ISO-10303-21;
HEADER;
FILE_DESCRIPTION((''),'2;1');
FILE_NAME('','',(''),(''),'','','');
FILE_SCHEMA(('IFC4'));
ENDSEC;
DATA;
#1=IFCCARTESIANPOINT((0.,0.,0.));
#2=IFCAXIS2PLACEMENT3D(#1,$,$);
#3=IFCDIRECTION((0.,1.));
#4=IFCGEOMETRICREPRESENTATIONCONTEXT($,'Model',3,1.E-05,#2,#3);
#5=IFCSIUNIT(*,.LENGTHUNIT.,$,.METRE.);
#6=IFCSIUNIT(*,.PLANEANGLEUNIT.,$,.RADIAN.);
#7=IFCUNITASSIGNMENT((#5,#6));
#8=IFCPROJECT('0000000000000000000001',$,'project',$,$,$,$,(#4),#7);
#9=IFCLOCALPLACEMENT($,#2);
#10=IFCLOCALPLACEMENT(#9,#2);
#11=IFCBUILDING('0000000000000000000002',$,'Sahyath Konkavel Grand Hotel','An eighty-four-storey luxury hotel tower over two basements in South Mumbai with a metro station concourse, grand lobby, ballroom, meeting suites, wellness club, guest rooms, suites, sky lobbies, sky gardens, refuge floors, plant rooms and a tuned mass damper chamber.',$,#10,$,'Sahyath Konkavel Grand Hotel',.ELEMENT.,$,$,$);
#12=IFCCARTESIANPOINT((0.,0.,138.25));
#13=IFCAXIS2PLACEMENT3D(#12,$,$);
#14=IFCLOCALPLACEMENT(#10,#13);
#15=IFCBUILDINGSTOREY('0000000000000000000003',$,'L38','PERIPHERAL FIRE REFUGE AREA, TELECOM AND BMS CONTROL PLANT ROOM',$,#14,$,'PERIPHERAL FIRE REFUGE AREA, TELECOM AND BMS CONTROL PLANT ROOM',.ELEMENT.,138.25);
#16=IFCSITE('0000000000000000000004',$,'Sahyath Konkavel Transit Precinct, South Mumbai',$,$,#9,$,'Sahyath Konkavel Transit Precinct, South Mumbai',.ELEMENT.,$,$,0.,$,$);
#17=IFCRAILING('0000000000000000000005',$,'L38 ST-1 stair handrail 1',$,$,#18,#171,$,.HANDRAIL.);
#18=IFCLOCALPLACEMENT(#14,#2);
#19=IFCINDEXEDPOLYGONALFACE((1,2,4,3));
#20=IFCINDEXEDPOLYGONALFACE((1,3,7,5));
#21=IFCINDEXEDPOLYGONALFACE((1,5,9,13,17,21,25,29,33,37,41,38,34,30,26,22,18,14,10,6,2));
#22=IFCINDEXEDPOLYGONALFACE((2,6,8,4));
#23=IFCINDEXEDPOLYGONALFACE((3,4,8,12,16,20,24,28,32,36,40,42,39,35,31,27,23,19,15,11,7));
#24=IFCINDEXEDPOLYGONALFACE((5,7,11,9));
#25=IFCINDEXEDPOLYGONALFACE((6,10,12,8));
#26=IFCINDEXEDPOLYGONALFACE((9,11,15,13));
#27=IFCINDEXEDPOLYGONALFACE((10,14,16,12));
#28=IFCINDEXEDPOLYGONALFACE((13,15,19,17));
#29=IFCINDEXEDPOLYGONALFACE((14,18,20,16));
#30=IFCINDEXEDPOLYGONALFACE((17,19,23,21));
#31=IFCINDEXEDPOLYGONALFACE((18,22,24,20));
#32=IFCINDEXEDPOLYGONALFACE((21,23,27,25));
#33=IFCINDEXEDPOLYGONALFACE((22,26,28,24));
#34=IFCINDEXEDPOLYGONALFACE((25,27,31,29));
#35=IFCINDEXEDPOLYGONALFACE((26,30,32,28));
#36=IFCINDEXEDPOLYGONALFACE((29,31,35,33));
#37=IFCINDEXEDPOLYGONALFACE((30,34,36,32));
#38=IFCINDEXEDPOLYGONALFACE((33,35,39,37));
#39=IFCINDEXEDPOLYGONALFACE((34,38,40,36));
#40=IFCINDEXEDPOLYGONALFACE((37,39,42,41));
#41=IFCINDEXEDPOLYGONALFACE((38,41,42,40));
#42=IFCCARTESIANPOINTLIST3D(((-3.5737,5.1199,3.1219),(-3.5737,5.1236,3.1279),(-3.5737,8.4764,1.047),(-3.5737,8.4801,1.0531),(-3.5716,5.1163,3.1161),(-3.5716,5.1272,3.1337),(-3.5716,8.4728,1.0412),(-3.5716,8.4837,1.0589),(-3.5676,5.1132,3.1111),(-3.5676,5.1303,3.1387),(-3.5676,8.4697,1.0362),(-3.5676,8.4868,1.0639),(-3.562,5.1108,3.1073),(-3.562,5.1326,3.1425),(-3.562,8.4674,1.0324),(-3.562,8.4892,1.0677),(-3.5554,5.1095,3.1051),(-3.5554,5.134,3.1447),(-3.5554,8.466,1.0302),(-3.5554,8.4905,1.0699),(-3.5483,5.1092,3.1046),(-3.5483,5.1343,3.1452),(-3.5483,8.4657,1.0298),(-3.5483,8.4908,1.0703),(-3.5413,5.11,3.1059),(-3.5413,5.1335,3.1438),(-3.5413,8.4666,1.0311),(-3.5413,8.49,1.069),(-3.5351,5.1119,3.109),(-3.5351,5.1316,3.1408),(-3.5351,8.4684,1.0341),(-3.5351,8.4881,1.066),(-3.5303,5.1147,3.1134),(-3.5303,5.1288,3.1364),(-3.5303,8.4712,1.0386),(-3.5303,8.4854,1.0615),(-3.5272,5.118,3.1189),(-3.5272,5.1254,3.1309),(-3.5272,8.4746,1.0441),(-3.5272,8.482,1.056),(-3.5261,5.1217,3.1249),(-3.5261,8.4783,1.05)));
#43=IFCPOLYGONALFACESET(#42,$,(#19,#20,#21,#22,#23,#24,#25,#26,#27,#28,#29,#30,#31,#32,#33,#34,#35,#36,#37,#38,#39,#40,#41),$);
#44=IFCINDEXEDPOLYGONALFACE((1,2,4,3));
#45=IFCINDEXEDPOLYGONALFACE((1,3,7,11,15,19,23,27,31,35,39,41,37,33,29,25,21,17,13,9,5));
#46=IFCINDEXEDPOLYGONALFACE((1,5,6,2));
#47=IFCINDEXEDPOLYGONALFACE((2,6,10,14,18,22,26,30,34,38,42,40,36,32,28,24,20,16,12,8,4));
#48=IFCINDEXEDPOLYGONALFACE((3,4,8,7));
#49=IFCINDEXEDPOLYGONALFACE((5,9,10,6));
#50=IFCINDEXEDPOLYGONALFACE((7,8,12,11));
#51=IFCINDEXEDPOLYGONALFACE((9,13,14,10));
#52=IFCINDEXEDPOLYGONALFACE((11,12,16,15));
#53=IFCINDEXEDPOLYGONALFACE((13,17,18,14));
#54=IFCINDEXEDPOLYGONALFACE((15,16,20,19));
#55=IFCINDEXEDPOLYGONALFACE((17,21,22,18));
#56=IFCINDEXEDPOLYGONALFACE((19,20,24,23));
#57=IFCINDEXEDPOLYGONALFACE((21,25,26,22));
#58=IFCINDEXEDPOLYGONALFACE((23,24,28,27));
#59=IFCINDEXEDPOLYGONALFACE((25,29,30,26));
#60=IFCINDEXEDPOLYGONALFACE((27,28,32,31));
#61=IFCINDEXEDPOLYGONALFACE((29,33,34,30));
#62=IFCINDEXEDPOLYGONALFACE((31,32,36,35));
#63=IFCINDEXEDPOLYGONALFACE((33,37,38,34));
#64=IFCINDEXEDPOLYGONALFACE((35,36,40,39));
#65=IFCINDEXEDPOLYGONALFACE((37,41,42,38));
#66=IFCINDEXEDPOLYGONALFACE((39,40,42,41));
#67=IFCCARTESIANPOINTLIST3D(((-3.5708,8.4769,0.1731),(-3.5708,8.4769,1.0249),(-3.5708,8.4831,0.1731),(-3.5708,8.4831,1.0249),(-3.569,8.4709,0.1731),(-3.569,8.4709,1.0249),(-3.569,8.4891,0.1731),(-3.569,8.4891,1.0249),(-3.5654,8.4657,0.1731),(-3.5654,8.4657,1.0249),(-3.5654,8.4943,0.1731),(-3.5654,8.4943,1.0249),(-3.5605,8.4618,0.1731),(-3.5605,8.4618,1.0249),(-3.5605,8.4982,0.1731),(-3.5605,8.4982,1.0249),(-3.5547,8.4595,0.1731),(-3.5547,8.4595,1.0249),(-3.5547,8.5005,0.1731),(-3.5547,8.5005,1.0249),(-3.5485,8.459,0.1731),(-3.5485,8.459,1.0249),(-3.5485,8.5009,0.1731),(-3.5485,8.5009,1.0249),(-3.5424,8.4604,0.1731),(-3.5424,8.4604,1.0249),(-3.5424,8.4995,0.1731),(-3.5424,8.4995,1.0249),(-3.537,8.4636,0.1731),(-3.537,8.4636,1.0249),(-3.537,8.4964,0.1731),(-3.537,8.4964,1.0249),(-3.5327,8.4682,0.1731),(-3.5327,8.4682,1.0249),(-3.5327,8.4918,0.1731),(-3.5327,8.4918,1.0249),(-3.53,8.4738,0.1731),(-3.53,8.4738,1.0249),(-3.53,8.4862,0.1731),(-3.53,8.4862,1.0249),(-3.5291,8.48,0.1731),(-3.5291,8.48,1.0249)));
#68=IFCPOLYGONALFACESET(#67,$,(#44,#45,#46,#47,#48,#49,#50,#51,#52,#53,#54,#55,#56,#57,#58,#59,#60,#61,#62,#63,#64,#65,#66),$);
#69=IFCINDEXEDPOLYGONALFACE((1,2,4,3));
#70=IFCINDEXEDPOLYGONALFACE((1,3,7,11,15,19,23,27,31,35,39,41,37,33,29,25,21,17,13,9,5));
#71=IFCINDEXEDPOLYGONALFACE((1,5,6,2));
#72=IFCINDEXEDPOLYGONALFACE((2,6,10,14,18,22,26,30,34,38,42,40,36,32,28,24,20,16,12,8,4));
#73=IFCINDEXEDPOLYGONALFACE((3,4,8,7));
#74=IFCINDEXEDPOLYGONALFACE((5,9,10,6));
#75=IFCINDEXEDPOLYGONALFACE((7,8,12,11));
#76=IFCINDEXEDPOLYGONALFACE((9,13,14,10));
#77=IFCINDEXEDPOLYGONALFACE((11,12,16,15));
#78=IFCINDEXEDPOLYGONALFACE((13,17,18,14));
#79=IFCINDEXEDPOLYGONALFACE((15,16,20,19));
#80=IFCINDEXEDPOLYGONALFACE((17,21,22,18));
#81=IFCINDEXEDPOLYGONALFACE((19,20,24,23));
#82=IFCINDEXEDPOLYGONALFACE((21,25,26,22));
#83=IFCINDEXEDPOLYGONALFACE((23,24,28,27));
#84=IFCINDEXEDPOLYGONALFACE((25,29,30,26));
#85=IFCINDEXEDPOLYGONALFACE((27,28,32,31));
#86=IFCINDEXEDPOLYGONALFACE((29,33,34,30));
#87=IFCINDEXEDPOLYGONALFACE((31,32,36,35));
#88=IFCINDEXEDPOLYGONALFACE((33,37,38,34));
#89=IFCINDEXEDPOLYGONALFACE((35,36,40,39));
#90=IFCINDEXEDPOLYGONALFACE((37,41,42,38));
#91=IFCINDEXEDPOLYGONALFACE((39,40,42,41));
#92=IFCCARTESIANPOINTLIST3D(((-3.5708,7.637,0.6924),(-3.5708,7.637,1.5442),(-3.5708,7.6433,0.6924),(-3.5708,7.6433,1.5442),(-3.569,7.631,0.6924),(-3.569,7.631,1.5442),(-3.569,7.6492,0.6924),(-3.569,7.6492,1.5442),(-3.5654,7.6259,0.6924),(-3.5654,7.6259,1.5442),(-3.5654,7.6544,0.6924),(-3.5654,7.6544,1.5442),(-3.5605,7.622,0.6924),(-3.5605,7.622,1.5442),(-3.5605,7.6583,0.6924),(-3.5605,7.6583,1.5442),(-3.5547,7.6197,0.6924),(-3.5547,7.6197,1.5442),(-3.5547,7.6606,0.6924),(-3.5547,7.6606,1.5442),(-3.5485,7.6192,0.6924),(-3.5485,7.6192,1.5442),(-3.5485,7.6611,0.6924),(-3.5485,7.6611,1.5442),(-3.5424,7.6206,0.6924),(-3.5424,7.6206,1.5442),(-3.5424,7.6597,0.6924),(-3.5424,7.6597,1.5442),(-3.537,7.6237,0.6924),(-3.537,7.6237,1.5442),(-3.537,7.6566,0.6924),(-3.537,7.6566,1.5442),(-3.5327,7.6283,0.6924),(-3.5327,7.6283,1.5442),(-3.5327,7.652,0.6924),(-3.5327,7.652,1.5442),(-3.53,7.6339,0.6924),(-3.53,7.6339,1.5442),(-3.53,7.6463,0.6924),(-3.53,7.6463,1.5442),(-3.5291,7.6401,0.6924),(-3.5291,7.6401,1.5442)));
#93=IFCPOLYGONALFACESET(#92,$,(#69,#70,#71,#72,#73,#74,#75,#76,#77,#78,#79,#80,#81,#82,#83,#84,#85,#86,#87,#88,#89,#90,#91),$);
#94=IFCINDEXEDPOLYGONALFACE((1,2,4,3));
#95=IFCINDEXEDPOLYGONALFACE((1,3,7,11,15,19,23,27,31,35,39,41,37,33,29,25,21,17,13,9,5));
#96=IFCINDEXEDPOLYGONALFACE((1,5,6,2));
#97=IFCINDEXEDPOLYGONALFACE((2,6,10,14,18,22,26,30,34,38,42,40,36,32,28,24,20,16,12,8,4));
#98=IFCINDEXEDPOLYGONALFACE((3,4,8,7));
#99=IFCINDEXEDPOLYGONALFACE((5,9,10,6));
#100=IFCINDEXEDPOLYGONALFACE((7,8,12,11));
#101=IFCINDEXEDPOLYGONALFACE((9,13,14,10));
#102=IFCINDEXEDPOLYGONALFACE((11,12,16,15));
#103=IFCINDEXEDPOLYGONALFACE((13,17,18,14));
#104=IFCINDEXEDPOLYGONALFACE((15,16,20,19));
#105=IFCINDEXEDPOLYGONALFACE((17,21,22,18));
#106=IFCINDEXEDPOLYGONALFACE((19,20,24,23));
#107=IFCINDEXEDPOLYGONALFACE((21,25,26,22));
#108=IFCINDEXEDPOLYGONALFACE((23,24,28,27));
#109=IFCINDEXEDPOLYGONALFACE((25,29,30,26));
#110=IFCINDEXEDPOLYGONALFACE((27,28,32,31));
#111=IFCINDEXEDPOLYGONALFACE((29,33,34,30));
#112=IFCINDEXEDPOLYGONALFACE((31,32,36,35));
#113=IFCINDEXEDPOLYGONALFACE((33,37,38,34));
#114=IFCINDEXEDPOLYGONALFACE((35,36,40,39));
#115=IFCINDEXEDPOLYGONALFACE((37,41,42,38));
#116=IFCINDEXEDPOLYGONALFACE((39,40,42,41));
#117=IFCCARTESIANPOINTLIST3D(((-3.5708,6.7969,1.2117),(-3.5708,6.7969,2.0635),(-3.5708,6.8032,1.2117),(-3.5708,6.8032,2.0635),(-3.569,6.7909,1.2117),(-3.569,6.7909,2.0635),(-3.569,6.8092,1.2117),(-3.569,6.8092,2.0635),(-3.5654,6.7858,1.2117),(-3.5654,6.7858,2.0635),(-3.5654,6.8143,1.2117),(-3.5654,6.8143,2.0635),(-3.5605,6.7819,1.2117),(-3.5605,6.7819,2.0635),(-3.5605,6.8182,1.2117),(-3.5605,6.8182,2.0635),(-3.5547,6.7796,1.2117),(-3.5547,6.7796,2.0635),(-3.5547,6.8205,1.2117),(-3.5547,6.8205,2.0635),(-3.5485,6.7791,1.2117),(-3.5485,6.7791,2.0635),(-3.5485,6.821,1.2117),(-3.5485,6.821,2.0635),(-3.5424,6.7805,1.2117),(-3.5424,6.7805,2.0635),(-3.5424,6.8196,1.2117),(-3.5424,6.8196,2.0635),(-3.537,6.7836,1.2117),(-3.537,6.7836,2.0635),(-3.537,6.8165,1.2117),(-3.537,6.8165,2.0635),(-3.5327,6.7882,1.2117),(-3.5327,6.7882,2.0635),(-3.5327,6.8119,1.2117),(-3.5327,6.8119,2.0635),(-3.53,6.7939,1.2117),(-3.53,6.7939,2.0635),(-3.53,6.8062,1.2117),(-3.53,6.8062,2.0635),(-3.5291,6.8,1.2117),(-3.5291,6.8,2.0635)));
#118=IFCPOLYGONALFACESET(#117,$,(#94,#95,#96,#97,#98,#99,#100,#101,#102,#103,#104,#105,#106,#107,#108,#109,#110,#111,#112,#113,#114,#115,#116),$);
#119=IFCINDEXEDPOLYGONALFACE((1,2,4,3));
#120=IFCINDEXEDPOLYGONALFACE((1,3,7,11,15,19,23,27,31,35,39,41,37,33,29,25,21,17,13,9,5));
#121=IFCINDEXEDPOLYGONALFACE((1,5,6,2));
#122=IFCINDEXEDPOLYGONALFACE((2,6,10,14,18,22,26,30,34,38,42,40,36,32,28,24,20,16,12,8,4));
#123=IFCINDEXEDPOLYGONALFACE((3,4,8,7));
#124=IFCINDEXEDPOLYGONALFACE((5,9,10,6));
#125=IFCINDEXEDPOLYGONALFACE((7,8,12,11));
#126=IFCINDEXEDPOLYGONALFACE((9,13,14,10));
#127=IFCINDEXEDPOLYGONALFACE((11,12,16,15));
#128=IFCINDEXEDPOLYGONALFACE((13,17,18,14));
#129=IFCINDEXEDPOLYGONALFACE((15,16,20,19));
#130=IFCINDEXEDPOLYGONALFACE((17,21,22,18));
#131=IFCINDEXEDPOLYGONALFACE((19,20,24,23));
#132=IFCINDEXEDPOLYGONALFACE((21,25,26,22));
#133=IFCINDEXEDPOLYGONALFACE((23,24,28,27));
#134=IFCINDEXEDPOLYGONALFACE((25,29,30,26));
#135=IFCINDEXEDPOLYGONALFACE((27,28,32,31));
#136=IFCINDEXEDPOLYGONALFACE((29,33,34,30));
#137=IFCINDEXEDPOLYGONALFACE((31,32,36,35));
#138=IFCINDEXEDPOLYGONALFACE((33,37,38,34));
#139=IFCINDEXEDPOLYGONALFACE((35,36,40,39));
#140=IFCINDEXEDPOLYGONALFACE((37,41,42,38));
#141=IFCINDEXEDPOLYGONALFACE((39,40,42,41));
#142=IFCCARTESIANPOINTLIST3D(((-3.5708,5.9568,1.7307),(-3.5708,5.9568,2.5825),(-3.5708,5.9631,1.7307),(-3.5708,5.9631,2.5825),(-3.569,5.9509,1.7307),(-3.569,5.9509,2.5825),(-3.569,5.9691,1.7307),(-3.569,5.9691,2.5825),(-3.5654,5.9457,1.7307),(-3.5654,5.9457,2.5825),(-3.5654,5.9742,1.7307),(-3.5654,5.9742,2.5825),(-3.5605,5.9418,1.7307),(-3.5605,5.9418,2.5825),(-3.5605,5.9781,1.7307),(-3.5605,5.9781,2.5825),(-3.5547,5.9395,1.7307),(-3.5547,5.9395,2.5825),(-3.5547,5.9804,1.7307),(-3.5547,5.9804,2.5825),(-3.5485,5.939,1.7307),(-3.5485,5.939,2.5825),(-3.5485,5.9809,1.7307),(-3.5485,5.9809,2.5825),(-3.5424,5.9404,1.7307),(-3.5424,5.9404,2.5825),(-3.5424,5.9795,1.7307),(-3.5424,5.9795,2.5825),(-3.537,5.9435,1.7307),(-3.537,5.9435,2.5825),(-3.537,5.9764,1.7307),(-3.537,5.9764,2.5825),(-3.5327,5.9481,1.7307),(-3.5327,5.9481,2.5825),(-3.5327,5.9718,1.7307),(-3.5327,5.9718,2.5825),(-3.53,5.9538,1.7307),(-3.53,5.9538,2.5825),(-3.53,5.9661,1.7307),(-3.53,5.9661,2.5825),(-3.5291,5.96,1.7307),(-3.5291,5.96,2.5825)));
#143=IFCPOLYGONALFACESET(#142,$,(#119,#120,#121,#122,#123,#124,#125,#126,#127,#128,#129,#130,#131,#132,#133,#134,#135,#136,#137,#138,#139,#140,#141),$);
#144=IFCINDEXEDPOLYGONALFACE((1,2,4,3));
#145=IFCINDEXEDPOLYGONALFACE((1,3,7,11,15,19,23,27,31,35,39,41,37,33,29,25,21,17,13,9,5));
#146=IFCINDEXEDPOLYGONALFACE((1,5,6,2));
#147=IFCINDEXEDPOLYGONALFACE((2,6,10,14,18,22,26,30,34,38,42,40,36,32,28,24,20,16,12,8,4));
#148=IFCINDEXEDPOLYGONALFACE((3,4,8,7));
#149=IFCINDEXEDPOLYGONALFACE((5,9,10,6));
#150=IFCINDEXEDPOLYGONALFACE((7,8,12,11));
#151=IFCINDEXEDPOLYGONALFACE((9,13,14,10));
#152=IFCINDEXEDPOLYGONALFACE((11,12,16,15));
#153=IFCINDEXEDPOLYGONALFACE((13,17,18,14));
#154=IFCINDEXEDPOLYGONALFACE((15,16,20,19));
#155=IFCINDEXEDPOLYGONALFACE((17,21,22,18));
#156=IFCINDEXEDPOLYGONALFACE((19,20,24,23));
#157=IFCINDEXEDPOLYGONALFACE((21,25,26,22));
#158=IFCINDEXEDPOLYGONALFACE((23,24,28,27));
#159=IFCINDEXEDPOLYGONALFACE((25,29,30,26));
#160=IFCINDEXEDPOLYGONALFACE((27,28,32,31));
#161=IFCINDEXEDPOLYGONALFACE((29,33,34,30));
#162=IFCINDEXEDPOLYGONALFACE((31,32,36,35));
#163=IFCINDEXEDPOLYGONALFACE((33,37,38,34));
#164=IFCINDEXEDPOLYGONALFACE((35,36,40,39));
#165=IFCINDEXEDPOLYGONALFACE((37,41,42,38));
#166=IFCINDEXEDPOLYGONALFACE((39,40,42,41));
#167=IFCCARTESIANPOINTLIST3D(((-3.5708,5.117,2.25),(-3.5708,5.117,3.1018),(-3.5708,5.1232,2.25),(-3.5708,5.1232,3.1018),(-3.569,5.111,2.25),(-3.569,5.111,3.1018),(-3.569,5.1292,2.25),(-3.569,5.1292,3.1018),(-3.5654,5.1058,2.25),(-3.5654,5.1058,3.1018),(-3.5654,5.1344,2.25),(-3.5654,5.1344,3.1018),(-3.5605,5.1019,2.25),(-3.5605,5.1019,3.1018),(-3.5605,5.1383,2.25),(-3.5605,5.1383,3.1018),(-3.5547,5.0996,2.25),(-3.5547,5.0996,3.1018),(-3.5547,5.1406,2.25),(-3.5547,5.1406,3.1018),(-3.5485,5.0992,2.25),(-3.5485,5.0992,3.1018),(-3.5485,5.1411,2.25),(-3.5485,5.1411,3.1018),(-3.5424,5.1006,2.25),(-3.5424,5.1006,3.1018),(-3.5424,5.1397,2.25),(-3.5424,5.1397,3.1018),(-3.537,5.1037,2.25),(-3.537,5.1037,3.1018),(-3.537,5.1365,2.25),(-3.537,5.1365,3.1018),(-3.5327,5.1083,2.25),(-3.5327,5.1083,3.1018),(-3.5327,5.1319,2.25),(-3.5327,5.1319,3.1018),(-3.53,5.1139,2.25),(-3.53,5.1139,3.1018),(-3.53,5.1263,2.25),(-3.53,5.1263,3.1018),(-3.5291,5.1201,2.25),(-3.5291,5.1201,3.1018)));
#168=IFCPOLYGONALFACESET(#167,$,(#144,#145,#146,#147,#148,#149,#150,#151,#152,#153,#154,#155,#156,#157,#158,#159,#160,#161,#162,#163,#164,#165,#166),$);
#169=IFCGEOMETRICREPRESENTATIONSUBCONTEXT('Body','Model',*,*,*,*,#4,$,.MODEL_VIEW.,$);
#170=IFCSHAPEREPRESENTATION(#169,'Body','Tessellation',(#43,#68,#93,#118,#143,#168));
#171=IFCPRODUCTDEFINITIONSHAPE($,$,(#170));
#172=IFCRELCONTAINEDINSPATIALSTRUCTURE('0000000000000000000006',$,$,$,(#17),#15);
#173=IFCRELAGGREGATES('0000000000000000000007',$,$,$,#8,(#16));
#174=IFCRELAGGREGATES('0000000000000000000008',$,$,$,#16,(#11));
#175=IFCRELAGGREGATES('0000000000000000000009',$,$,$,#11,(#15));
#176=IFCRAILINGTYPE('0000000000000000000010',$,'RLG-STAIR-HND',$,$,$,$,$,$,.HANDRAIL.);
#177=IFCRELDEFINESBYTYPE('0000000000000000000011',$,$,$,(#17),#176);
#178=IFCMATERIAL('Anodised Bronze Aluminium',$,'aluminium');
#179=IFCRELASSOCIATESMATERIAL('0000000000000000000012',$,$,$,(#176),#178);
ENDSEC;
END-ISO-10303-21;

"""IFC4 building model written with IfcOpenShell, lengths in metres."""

from ifc_helpers import new_model, si_unit, direction, frame, origin, origin_2d, place, context, subcontext, project, spatial, circle, extrude, material, type_object, element, save


model = new_model("IFC4")

# Units and contexts
model_context = context("Model", 3, precision=1e-05, world=origin(), true_north=direction((0.0, 1.0)))
body_context = subcontext(model_context, "Body", "Model", "MODEL_VIEW")
ifc_project = project(units=[si_unit("LENGTHUNIT", "METRE"), si_unit("PLANEANGLEUNIT", "RADIAN")], contexts=[model_context])

# Site, building, storey
site_placement = place(None, origin())
site = spatial("IfcSite", under=ifc_project, at=site_placement, Name="Sahyath Konkavel Transit Precinct, South Mumbai", LongName="Sahyath Konkavel Transit Precinct, South Mumbai", CompositionType="ELEMENT", RefElevation=0.0)
building_placement = place(site_placement, origin())
building = spatial("IfcBuilding", under=site, at=building_placement, Name="Sahyath Konkavel Grand Hotel", Description="An eighty-four-storey luxury hotel tower over two basements in South Mumbai with a metro station concourse, grand lobby, ballroom, meeting suites, wellness club, guest rooms, suites, sky lobbies, sky gardens, refuge floors, plant rooms and a tuned mass damper chamber.", LongName="Sahyath Konkavel Grand Hotel", CompositionType="ELEMENT")
storey_placement = place(building_placement, frame((0.0, 0.0, 138.25)))
storey = spatial("IfcBuildingStorey", under=building, at=storey_placement, Name="L38", Description="PERIPHERAL FIRE REFUGE AREA, TELECOM AND BMS CONTROL PLANT ROOM", LongName="PERIPHERAL FIRE REFUGE AREA, TELECOM AND BMS CONTROL PLANT ROOM", CompositionType="ELEMENT", Elevation=138.25)

# Shared definitions
ifc_material_1 = material(Name="Anodised Bronze Aluminium", Category="aluminium")

# Railing
railing_type_1 = type_object("IfcRailingType", Name="RLG-STAIR-HND", PredefinedType="HANDRAIL", material=ifc_material_1)
railing_1_placement = place(storey_placement, frame((-3.55, 8.48, 0.1731)))
element("IfcRailing", 1, at=railing_1_placement, inside=storey, type_object=railing_type_1, Name="L38 ST-1 stair handrail 1", PredefinedType="HANDRAIL", context=body_context, shape_type="SweptSolid", body=[
    extrude(circle(Radius=0.0239, at=origin_2d()), frame((0.0, -0.0017, 0.877), z_axis=(0.0, -0.850606, 0.525803), x_axis=(1.0, 0.0, 0.0)), (0.0, 0.0, 1.0), 3.946),
    extrude(circle(Radius=0.021, at=origin_2d()), origin(), (0.0, 0.0, 1.0), 0.8518),
    extrude(circle(Radius=0.021, at=origin_2d()), frame((0.0, -0.8398, 0.5193)), (0.0, 0.0, 1.0), 0.8518),
    extrude(circle(Radius=0.021, at=origin_2d()), frame((0.0, -1.6799, 1.0386)), (0.0, 0.0, 1.0), 0.8518),
    extrude(circle(Radius=0.021, at=origin_2d()), frame((0.0, -2.52, 1.5576)), (0.0, 0.0, 1.0), 0.8518),
    extrude(circle(Radius=0.021, at=origin_2d()), frame((0.0, -3.3599, 2.0769)), (0.0, 0.0, 1.0), 0.8518),
])

save(model, "model.ifc")
